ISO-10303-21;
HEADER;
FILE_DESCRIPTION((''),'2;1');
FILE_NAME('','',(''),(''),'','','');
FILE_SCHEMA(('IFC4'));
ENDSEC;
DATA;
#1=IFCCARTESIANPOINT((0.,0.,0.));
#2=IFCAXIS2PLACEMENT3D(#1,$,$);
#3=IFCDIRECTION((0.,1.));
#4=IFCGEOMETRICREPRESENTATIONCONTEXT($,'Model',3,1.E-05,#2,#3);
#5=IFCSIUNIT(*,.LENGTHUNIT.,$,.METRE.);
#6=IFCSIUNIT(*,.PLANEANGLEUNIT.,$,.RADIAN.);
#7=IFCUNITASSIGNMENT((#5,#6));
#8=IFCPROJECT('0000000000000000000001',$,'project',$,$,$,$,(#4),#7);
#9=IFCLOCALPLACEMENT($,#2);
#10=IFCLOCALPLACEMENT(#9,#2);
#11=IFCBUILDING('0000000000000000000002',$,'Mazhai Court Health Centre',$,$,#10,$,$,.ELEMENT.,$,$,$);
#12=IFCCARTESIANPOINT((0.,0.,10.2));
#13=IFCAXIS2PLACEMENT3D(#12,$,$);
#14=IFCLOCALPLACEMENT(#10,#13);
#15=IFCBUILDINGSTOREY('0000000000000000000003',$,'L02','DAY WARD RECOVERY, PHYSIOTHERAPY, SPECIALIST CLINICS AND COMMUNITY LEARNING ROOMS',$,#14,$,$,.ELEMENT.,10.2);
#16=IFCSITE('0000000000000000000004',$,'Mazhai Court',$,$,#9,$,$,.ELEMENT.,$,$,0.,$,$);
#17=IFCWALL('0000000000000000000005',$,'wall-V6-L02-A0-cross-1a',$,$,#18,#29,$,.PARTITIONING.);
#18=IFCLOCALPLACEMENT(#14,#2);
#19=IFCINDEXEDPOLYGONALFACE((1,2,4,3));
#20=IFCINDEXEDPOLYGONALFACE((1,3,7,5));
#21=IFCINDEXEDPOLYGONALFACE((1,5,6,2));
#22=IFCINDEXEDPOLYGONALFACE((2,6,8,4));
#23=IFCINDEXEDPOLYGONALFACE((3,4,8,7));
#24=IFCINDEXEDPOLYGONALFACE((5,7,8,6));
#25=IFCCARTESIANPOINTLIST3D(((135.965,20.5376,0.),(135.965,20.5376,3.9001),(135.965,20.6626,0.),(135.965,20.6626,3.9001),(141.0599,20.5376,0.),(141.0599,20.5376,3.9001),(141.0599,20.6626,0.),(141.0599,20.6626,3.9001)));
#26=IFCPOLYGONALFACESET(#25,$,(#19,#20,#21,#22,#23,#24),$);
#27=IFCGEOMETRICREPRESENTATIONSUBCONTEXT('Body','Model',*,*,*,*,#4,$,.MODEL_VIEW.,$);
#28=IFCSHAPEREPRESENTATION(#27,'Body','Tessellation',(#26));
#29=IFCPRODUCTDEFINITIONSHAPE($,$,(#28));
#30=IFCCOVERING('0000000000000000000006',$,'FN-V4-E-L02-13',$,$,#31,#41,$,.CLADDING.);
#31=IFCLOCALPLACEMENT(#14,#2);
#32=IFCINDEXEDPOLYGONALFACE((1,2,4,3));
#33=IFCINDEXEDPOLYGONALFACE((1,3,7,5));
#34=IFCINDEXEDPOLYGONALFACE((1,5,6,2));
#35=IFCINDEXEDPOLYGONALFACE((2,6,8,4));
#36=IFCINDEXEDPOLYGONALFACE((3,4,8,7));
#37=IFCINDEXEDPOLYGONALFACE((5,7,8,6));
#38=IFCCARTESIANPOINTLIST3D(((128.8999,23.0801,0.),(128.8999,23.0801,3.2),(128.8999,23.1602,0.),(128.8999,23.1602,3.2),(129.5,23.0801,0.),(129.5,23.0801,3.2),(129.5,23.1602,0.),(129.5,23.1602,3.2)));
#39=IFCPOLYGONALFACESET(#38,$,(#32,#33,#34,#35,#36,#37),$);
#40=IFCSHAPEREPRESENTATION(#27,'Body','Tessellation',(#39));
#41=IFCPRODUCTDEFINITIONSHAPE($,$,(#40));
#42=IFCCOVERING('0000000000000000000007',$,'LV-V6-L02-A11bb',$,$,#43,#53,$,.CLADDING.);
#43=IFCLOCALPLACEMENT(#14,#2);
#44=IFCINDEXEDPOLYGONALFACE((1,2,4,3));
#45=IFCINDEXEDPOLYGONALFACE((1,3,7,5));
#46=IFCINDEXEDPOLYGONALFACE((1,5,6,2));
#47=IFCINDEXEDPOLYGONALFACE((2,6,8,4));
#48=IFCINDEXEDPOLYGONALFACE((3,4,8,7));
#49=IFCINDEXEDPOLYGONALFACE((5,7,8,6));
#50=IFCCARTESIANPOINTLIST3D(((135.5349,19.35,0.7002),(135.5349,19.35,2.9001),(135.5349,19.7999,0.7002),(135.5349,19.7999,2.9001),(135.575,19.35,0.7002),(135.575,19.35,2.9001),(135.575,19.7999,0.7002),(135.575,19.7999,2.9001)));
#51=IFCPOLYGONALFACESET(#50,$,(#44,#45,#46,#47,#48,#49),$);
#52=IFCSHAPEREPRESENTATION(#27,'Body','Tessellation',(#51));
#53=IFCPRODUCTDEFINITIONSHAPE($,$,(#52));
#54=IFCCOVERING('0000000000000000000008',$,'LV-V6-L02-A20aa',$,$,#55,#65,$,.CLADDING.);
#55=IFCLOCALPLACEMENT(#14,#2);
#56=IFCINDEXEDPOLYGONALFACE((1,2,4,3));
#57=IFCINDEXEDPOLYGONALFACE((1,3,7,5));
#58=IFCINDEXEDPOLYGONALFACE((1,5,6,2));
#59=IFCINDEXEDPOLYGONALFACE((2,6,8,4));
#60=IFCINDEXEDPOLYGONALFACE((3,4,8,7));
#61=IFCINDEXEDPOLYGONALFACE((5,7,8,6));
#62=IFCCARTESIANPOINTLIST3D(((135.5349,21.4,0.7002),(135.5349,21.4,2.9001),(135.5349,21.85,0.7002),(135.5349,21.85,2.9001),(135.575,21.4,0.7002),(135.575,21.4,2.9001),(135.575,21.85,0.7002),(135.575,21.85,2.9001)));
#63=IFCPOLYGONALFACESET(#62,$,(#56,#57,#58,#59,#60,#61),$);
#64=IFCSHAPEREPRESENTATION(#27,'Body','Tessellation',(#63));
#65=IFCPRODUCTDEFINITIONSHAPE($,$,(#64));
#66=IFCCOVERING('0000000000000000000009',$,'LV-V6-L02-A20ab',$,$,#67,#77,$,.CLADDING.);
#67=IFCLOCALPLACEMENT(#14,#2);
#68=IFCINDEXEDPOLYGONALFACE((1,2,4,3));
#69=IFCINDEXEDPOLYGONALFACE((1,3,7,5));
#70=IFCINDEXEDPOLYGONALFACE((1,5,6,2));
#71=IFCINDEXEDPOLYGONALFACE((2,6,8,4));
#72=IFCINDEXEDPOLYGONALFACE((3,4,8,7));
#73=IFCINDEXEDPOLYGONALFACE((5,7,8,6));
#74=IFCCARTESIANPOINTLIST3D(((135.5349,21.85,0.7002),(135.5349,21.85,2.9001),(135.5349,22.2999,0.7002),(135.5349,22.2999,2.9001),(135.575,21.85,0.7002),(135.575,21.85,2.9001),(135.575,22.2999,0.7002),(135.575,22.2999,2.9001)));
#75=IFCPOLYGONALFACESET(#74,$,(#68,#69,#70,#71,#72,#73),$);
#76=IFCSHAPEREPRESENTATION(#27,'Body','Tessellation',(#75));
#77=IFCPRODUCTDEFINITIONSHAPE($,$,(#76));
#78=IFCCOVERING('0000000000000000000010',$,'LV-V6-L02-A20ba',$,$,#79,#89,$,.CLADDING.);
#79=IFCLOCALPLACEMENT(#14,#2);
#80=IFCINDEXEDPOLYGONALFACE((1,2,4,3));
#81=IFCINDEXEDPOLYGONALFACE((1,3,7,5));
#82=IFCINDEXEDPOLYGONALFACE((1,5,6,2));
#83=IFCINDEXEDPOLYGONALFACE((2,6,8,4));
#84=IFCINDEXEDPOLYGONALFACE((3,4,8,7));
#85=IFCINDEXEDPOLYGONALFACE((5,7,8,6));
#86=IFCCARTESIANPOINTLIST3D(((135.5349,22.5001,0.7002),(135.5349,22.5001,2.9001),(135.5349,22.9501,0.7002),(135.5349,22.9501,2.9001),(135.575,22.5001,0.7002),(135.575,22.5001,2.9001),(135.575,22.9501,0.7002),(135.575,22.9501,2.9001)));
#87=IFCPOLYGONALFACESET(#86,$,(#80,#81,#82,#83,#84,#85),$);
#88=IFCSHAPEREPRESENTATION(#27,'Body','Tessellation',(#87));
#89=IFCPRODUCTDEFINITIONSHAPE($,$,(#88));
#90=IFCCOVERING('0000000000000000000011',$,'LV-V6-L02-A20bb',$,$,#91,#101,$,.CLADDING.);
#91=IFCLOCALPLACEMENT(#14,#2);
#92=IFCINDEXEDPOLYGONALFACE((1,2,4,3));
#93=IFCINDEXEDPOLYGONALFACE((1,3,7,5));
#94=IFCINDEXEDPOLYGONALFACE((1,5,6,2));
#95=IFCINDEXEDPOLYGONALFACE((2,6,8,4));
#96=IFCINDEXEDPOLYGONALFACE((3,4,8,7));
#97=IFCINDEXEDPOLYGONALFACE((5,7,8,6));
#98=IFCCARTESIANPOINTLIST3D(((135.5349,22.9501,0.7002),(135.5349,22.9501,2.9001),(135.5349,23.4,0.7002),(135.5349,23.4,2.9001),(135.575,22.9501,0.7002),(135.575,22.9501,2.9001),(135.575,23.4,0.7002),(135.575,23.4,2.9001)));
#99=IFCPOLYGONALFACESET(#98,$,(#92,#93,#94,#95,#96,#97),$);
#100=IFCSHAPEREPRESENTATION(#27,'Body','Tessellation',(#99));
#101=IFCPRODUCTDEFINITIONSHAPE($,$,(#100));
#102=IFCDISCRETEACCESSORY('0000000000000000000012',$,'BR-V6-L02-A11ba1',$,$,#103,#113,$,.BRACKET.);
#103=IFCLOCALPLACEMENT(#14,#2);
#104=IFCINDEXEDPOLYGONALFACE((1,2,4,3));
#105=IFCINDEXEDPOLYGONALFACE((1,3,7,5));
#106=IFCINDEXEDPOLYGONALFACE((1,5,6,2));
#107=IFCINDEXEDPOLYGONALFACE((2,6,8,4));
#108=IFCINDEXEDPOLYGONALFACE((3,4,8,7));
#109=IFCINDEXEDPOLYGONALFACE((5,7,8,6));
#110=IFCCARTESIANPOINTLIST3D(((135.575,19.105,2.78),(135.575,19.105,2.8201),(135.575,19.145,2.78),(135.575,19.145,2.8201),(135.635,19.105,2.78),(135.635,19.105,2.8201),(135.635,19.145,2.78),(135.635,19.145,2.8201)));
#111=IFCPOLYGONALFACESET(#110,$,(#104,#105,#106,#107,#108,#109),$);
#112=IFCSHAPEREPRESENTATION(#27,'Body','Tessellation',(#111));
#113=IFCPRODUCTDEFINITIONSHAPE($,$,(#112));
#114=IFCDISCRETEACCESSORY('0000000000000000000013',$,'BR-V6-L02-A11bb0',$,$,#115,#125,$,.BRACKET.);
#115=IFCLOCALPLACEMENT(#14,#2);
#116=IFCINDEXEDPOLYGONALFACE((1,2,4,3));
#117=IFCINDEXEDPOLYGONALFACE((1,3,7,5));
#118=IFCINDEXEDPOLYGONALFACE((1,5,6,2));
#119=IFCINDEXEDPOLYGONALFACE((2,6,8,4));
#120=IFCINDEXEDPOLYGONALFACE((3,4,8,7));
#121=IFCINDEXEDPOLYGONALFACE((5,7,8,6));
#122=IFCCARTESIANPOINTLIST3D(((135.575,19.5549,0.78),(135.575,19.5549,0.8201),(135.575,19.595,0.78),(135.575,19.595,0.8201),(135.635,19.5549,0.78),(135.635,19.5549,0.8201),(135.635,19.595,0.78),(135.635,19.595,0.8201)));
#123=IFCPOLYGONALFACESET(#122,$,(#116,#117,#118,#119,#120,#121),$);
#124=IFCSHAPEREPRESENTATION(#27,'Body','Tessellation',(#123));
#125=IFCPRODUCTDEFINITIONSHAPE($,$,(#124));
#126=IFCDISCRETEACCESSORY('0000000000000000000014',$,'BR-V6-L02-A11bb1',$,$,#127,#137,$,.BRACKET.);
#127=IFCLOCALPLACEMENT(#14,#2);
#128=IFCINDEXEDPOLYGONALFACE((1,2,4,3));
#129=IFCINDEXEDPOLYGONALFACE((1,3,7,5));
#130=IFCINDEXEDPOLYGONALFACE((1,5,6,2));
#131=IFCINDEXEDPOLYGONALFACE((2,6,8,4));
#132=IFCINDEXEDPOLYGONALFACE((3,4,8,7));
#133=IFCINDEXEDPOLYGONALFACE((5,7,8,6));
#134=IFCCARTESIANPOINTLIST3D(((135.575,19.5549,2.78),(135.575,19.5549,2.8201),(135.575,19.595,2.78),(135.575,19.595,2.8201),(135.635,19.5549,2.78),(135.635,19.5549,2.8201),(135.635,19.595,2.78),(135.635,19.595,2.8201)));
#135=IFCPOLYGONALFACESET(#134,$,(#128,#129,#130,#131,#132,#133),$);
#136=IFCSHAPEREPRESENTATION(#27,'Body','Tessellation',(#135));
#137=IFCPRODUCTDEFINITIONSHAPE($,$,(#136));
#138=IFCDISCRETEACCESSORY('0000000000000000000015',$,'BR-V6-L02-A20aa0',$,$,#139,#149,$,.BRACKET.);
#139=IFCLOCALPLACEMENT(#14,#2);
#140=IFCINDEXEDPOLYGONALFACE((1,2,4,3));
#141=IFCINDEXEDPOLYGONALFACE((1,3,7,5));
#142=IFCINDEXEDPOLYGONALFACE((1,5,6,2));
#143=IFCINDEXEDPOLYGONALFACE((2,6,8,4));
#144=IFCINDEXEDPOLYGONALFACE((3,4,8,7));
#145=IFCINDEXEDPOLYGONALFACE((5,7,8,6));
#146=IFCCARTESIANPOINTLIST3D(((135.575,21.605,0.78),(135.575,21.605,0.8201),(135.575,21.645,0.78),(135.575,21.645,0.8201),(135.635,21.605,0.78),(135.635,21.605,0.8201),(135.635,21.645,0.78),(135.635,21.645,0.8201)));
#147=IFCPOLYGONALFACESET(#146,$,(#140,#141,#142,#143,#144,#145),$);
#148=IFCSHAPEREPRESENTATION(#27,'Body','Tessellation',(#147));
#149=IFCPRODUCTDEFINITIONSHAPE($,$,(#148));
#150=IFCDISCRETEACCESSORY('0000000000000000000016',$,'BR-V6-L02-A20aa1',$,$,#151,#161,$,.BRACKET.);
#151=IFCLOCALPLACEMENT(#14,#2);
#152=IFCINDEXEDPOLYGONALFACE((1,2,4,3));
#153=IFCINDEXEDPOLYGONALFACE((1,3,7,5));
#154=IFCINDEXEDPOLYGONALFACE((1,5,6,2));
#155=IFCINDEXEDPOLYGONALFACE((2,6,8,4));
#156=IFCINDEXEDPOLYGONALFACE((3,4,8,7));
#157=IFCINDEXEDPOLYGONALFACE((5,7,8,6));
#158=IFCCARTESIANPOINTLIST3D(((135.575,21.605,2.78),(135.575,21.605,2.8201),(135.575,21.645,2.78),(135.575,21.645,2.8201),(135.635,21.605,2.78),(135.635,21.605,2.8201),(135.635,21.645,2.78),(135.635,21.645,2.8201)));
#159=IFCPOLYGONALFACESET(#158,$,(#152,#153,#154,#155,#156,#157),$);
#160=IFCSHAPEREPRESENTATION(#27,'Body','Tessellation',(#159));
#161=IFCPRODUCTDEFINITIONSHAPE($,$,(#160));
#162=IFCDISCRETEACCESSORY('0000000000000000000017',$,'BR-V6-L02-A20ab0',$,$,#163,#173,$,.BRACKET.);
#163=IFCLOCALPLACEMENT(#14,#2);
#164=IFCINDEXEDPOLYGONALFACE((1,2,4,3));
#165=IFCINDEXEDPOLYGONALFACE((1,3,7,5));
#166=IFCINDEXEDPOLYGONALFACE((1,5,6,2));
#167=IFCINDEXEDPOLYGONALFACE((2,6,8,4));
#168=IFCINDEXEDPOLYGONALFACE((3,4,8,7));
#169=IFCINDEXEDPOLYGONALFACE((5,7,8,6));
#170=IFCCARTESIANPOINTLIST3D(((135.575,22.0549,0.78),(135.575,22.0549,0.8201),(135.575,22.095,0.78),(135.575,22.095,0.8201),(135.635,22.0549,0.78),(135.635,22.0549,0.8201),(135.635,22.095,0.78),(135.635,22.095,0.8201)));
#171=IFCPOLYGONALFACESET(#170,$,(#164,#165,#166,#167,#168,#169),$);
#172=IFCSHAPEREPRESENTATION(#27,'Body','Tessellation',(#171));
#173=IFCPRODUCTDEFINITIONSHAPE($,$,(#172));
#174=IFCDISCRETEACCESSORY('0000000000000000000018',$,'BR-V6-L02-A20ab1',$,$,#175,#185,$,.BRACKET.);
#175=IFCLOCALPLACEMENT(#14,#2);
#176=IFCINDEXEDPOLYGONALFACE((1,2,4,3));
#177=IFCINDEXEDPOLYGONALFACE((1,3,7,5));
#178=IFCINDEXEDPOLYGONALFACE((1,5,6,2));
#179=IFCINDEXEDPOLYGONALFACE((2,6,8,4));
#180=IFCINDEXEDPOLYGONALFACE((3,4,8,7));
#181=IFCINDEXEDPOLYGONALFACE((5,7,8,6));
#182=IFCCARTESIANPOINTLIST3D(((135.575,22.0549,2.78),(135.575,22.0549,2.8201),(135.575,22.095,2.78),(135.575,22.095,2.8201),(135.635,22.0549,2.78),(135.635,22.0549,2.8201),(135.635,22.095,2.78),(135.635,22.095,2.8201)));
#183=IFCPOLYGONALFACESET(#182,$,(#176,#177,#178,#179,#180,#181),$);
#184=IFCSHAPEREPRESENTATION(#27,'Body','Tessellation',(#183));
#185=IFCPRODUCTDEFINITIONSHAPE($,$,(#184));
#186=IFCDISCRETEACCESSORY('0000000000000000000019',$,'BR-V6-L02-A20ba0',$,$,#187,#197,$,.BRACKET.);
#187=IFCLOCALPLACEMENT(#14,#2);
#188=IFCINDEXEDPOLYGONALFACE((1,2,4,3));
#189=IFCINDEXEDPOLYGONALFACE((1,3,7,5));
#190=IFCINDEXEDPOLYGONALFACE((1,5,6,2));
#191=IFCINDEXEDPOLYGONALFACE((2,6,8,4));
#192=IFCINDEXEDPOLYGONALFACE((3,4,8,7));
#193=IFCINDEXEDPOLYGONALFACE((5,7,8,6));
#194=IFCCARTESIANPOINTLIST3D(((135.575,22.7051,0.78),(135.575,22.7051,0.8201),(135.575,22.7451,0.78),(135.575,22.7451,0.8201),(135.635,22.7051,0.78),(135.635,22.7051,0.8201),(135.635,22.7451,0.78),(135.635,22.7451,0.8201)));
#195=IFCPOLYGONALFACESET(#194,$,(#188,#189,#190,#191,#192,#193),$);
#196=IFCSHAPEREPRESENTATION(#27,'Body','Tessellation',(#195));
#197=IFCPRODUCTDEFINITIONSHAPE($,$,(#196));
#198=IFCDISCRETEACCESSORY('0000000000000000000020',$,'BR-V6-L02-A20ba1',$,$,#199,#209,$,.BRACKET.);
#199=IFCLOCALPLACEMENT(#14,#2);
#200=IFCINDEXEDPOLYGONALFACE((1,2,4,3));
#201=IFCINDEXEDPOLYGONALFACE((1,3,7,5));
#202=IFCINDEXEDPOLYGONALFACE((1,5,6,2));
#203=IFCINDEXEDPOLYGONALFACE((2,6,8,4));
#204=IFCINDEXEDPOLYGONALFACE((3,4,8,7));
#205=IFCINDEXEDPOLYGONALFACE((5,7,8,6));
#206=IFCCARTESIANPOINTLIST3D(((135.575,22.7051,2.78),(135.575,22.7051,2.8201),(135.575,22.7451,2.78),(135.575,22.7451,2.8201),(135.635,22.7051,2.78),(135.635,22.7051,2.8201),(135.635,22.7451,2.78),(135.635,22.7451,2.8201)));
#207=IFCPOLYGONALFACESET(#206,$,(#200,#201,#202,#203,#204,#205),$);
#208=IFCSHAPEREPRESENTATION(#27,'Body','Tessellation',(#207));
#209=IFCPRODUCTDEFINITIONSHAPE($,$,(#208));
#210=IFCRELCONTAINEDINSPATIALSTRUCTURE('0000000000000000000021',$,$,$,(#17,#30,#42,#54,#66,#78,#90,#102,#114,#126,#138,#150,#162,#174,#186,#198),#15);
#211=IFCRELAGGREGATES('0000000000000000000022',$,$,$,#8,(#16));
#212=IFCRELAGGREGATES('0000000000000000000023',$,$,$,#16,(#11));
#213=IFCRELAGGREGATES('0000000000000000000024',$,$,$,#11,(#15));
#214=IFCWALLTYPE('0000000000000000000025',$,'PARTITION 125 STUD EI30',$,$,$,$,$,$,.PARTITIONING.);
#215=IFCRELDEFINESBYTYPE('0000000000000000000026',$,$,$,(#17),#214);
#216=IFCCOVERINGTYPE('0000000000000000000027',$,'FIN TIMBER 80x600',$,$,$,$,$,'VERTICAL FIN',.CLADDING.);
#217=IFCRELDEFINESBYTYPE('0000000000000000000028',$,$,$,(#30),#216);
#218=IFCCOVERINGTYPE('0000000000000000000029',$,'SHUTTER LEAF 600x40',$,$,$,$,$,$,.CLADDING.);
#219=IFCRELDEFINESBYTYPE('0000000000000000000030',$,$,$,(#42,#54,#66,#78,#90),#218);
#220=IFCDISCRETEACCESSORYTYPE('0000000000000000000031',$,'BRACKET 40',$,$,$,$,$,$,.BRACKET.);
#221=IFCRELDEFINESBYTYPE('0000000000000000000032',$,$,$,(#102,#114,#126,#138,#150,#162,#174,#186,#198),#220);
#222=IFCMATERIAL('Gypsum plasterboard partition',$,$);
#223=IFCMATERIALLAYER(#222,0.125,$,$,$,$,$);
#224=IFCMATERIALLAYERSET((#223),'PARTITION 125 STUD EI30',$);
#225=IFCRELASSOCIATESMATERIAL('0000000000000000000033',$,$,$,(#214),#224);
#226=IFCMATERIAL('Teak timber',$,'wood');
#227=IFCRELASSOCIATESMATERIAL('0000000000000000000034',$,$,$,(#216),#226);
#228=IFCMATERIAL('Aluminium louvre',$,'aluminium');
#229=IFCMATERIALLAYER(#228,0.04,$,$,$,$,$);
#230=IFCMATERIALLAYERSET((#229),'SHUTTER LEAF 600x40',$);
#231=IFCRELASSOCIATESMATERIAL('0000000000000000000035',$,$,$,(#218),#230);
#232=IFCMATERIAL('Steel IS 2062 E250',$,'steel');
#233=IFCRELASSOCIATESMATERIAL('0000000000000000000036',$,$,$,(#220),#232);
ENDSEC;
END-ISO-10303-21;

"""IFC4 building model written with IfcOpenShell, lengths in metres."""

from ifc_helpers import new_model, si_unit, direction, frame, frame_2d, origin, origin_2d, place, context, subcontext, project, spatial, rectangle, extrude, material, layer, layer_set, type_object, element, save


model = new_model("IFC4")

# Units and contexts
model_context = context("Model", 3, precision=1e-05, world=origin(), true_north=direction((0.0, 1.0)))
body_context = subcontext(model_context, "Body", "Model", "MODEL_VIEW")
ifc_project = project(units=[si_unit("LENGTHUNIT", "METRE"), si_unit("PLANEANGLEUNIT", "RADIAN")], contexts=[model_context])

# Site, building, storey
site_placement = place(None, origin())
site = spatial("IfcSite", under=ifc_project, at=site_placement, Name="Mazhai Court", CompositionType="ELEMENT", RefElevation=0.0)
building_placement = place(site_placement, origin())
building = spatial("IfcBuilding", under=site, at=building_placement, Name="Mazhai Court Health Centre", CompositionType="ELEMENT")
storey_placement = place(building_placement, frame((0.0, 0.0, 10.2)))
storey = spatial("IfcBuildingStorey", under=building, at=storey_placement, Name="L02", Description="DAY WARD RECOVERY, PHYSIOTHERAPY, SPECIALIST CLINICS AND COMMUNITY LEARNING ROOMS", CompositionType="ELEMENT", Elevation=10.2)

# Wall
ifc_material_1 = material(Name="Gypsum plasterboard partition")
ifc_layer_1 = layer(ifc_material_1, 0.125)
ifc_layer_set_1 = layer_set([ifc_layer_1], Name="PARTITION 125 STUD EI30")
wall_type_1 = type_object("IfcWallType", Name="PARTITION 125 STUD EI30", PredefinedType="PARTITIONING", material=ifc_layer_set_1)
wall_1_placement = place(storey_placement, frame((135.9651, 20.6001, 0.0), z_axis=(0.0, 0.0, 1.0), x_axis=(1.0, 0.0, 0.0)))
element("IfcWall", 1, at=wall_1_placement, inside=storey, type_object=wall_type_1, Name="wall-V6-L02-A0-cross-1a", PredefinedType="PARTITIONING", context=body_context, shape_type="SweptSolid", body=[
    extrude(rectangle(XDim=5.095, YDim=0.125, at=frame_2d((2.5474, 0.0))), origin(), (0.0, 0.0, 1.0), 3.9001),
])

# Coverings
ifc_material_2 = material(Name="Teak timber", Category="wood")
covering_type_1 = type_object("IfcCoveringType", Name="FIN TIMBER 80x600", ElementType="VERTICAL FIN", PredefinedType="CLADDING", material=ifc_material_2)
covering_placement = place(storey_placement, frame((129.2, 23.1201, 0.0), z_axis=(0.0, 0.0, 1.0), x_axis=(0.0, 1.0, 0.0)))
element("IfcCovering", 2, at=covering_placement, inside=storey, type_object=covering_type_1, Name="FN-V4-E-L02-13", PredefinedType="CLADDING", context=body_context, shape_type="SweptSolid", body=[
    extrude(rectangle(XDim=0.0801, YDim=0.6001, at=origin_2d()), origin(), (0.0, 0.0, 1.0), 3.2),
])
ifc_material_3 = material(Name="Aluminium louvre", Category="aluminium")
ifc_layer_2 = layer(ifc_material_3, 0.04)
ifc_layer_set_2 = layer_set([ifc_layer_2], Name="SHUTTER LEAF 600x40")
covering_type_2 = type_object("IfcCoveringType", Name="SHUTTER LEAF 600x40", PredefinedType="CLADDING", material=ifc_layer_set_2)
for number, where, z_axis, x_axis, name in (
    (3, (135.5549, 19.575, 0.7002), (0.0, 0.0, 1.0), (0.0, 1.0, 0.0), "LV-V6-L02-A11bb"),
    (4, (135.5549, 21.625, 0.7002), (0.0, 0.0, 1.0), (0.0, 1.0, 0.0), "LV-V6-L02-A20aa"),
    (5, (135.5549, 22.075, 0.7002), (0.0, 0.0, 1.0), (0.0, 1.0, 0.0), "LV-V6-L02-A20ab"),
    (6, (135.5549, 22.7251, 0.7002), (0.0, 0.0, 1.0), (0.0, 1.0, 0.0), "LV-V6-L02-A20ba"),
    (7, (135.5549, 23.175, 0.7002), (0.0, 0.0, 1.0), (0.0, 1.0, 0.0), "LV-V6-L02-A20bb"),
):
    element("IfcCovering", number, at=place(storey_placement, frame(where, z_axis=z_axis, x_axis=x_axis)), inside=storey, type_object=covering_type_2, Name=name, PredefinedType="CLADDING", context=body_context, shape_type="SweptSolid", body=[
        extrude(rectangle(XDim=0.45, YDim=0.04, at=origin_2d()), origin(), (0.0, 0.0, 1.0), 2.2),
    ])

# Discrete accessories
ifc_material_4 = material(Name="Steel IS 2062 E250", Category="steel")
discrete_accessory_type = type_object("IfcDiscreteAccessoryType", Name="BRACKET 40", PredefinedType="BRACKET", material=ifc_material_4)
for number, where, z_axis, x_axis, name in (
    (8, (135.605, 19.125, 2.78), (0.0, 0.0, 1.0), (0.0, 1.0, 0.0), "BR-V6-L02-A11ba1"),
    (9, (135.605, 19.575, 0.78), (0.0, 0.0, 1.0), (0.0, 1.0, 0.0), "BR-V6-L02-A11bb0"),
    (10, (135.605, 19.575, 2.78), (0.0, 0.0, 1.0), (0.0, 1.0, 0.0), "BR-V6-L02-A11bb1"),
    (11, (135.605, 21.625, 0.78), (0.0, 0.0, 1.0), (0.0, 1.0, 0.0), "BR-V6-L02-A20aa0"),
    (12, (135.605, 21.625, 2.78), (0.0, 0.0, 1.0), (0.0, 1.0, 0.0), "BR-V6-L02-A20aa1"),
    (13, (135.605, 22.075, 0.78), (0.0, 0.0, 1.0), (0.0, 1.0, 0.0), "BR-V6-L02-A20ab0"),
    (14, (135.605, 22.075, 2.78), (0.0, 0.0, 1.0), (0.0, 1.0, 0.0), "BR-V6-L02-A20ab1"),
    (15, (135.605, 22.7251, 0.78), (0.0, 0.0, 1.0), (0.0, 1.0, 0.0), "BR-V6-L02-A20ba0"),
    (16, (135.605, 22.7251, 2.78), (0.0, 0.0, 1.0), (0.0, 1.0, 0.0), "BR-V6-L02-A20ba1"),
):
    element("IfcDiscreteAccessory", number, at=place(storey_placement, frame(where, z_axis=z_axis, x_axis=x_axis)), inside=storey, type_object=discrete_accessory_type, Name=name, PredefinedType="BRACKET", context=body_context, shape_type="SweptSolid", body=[
        extrude(rectangle(XDim=0.04, YDim=0.0601, at=origin_2d()), origin(), (0.0, 0.0, 1.0), 0.04),
    ])

save(model, "model.ifc")
